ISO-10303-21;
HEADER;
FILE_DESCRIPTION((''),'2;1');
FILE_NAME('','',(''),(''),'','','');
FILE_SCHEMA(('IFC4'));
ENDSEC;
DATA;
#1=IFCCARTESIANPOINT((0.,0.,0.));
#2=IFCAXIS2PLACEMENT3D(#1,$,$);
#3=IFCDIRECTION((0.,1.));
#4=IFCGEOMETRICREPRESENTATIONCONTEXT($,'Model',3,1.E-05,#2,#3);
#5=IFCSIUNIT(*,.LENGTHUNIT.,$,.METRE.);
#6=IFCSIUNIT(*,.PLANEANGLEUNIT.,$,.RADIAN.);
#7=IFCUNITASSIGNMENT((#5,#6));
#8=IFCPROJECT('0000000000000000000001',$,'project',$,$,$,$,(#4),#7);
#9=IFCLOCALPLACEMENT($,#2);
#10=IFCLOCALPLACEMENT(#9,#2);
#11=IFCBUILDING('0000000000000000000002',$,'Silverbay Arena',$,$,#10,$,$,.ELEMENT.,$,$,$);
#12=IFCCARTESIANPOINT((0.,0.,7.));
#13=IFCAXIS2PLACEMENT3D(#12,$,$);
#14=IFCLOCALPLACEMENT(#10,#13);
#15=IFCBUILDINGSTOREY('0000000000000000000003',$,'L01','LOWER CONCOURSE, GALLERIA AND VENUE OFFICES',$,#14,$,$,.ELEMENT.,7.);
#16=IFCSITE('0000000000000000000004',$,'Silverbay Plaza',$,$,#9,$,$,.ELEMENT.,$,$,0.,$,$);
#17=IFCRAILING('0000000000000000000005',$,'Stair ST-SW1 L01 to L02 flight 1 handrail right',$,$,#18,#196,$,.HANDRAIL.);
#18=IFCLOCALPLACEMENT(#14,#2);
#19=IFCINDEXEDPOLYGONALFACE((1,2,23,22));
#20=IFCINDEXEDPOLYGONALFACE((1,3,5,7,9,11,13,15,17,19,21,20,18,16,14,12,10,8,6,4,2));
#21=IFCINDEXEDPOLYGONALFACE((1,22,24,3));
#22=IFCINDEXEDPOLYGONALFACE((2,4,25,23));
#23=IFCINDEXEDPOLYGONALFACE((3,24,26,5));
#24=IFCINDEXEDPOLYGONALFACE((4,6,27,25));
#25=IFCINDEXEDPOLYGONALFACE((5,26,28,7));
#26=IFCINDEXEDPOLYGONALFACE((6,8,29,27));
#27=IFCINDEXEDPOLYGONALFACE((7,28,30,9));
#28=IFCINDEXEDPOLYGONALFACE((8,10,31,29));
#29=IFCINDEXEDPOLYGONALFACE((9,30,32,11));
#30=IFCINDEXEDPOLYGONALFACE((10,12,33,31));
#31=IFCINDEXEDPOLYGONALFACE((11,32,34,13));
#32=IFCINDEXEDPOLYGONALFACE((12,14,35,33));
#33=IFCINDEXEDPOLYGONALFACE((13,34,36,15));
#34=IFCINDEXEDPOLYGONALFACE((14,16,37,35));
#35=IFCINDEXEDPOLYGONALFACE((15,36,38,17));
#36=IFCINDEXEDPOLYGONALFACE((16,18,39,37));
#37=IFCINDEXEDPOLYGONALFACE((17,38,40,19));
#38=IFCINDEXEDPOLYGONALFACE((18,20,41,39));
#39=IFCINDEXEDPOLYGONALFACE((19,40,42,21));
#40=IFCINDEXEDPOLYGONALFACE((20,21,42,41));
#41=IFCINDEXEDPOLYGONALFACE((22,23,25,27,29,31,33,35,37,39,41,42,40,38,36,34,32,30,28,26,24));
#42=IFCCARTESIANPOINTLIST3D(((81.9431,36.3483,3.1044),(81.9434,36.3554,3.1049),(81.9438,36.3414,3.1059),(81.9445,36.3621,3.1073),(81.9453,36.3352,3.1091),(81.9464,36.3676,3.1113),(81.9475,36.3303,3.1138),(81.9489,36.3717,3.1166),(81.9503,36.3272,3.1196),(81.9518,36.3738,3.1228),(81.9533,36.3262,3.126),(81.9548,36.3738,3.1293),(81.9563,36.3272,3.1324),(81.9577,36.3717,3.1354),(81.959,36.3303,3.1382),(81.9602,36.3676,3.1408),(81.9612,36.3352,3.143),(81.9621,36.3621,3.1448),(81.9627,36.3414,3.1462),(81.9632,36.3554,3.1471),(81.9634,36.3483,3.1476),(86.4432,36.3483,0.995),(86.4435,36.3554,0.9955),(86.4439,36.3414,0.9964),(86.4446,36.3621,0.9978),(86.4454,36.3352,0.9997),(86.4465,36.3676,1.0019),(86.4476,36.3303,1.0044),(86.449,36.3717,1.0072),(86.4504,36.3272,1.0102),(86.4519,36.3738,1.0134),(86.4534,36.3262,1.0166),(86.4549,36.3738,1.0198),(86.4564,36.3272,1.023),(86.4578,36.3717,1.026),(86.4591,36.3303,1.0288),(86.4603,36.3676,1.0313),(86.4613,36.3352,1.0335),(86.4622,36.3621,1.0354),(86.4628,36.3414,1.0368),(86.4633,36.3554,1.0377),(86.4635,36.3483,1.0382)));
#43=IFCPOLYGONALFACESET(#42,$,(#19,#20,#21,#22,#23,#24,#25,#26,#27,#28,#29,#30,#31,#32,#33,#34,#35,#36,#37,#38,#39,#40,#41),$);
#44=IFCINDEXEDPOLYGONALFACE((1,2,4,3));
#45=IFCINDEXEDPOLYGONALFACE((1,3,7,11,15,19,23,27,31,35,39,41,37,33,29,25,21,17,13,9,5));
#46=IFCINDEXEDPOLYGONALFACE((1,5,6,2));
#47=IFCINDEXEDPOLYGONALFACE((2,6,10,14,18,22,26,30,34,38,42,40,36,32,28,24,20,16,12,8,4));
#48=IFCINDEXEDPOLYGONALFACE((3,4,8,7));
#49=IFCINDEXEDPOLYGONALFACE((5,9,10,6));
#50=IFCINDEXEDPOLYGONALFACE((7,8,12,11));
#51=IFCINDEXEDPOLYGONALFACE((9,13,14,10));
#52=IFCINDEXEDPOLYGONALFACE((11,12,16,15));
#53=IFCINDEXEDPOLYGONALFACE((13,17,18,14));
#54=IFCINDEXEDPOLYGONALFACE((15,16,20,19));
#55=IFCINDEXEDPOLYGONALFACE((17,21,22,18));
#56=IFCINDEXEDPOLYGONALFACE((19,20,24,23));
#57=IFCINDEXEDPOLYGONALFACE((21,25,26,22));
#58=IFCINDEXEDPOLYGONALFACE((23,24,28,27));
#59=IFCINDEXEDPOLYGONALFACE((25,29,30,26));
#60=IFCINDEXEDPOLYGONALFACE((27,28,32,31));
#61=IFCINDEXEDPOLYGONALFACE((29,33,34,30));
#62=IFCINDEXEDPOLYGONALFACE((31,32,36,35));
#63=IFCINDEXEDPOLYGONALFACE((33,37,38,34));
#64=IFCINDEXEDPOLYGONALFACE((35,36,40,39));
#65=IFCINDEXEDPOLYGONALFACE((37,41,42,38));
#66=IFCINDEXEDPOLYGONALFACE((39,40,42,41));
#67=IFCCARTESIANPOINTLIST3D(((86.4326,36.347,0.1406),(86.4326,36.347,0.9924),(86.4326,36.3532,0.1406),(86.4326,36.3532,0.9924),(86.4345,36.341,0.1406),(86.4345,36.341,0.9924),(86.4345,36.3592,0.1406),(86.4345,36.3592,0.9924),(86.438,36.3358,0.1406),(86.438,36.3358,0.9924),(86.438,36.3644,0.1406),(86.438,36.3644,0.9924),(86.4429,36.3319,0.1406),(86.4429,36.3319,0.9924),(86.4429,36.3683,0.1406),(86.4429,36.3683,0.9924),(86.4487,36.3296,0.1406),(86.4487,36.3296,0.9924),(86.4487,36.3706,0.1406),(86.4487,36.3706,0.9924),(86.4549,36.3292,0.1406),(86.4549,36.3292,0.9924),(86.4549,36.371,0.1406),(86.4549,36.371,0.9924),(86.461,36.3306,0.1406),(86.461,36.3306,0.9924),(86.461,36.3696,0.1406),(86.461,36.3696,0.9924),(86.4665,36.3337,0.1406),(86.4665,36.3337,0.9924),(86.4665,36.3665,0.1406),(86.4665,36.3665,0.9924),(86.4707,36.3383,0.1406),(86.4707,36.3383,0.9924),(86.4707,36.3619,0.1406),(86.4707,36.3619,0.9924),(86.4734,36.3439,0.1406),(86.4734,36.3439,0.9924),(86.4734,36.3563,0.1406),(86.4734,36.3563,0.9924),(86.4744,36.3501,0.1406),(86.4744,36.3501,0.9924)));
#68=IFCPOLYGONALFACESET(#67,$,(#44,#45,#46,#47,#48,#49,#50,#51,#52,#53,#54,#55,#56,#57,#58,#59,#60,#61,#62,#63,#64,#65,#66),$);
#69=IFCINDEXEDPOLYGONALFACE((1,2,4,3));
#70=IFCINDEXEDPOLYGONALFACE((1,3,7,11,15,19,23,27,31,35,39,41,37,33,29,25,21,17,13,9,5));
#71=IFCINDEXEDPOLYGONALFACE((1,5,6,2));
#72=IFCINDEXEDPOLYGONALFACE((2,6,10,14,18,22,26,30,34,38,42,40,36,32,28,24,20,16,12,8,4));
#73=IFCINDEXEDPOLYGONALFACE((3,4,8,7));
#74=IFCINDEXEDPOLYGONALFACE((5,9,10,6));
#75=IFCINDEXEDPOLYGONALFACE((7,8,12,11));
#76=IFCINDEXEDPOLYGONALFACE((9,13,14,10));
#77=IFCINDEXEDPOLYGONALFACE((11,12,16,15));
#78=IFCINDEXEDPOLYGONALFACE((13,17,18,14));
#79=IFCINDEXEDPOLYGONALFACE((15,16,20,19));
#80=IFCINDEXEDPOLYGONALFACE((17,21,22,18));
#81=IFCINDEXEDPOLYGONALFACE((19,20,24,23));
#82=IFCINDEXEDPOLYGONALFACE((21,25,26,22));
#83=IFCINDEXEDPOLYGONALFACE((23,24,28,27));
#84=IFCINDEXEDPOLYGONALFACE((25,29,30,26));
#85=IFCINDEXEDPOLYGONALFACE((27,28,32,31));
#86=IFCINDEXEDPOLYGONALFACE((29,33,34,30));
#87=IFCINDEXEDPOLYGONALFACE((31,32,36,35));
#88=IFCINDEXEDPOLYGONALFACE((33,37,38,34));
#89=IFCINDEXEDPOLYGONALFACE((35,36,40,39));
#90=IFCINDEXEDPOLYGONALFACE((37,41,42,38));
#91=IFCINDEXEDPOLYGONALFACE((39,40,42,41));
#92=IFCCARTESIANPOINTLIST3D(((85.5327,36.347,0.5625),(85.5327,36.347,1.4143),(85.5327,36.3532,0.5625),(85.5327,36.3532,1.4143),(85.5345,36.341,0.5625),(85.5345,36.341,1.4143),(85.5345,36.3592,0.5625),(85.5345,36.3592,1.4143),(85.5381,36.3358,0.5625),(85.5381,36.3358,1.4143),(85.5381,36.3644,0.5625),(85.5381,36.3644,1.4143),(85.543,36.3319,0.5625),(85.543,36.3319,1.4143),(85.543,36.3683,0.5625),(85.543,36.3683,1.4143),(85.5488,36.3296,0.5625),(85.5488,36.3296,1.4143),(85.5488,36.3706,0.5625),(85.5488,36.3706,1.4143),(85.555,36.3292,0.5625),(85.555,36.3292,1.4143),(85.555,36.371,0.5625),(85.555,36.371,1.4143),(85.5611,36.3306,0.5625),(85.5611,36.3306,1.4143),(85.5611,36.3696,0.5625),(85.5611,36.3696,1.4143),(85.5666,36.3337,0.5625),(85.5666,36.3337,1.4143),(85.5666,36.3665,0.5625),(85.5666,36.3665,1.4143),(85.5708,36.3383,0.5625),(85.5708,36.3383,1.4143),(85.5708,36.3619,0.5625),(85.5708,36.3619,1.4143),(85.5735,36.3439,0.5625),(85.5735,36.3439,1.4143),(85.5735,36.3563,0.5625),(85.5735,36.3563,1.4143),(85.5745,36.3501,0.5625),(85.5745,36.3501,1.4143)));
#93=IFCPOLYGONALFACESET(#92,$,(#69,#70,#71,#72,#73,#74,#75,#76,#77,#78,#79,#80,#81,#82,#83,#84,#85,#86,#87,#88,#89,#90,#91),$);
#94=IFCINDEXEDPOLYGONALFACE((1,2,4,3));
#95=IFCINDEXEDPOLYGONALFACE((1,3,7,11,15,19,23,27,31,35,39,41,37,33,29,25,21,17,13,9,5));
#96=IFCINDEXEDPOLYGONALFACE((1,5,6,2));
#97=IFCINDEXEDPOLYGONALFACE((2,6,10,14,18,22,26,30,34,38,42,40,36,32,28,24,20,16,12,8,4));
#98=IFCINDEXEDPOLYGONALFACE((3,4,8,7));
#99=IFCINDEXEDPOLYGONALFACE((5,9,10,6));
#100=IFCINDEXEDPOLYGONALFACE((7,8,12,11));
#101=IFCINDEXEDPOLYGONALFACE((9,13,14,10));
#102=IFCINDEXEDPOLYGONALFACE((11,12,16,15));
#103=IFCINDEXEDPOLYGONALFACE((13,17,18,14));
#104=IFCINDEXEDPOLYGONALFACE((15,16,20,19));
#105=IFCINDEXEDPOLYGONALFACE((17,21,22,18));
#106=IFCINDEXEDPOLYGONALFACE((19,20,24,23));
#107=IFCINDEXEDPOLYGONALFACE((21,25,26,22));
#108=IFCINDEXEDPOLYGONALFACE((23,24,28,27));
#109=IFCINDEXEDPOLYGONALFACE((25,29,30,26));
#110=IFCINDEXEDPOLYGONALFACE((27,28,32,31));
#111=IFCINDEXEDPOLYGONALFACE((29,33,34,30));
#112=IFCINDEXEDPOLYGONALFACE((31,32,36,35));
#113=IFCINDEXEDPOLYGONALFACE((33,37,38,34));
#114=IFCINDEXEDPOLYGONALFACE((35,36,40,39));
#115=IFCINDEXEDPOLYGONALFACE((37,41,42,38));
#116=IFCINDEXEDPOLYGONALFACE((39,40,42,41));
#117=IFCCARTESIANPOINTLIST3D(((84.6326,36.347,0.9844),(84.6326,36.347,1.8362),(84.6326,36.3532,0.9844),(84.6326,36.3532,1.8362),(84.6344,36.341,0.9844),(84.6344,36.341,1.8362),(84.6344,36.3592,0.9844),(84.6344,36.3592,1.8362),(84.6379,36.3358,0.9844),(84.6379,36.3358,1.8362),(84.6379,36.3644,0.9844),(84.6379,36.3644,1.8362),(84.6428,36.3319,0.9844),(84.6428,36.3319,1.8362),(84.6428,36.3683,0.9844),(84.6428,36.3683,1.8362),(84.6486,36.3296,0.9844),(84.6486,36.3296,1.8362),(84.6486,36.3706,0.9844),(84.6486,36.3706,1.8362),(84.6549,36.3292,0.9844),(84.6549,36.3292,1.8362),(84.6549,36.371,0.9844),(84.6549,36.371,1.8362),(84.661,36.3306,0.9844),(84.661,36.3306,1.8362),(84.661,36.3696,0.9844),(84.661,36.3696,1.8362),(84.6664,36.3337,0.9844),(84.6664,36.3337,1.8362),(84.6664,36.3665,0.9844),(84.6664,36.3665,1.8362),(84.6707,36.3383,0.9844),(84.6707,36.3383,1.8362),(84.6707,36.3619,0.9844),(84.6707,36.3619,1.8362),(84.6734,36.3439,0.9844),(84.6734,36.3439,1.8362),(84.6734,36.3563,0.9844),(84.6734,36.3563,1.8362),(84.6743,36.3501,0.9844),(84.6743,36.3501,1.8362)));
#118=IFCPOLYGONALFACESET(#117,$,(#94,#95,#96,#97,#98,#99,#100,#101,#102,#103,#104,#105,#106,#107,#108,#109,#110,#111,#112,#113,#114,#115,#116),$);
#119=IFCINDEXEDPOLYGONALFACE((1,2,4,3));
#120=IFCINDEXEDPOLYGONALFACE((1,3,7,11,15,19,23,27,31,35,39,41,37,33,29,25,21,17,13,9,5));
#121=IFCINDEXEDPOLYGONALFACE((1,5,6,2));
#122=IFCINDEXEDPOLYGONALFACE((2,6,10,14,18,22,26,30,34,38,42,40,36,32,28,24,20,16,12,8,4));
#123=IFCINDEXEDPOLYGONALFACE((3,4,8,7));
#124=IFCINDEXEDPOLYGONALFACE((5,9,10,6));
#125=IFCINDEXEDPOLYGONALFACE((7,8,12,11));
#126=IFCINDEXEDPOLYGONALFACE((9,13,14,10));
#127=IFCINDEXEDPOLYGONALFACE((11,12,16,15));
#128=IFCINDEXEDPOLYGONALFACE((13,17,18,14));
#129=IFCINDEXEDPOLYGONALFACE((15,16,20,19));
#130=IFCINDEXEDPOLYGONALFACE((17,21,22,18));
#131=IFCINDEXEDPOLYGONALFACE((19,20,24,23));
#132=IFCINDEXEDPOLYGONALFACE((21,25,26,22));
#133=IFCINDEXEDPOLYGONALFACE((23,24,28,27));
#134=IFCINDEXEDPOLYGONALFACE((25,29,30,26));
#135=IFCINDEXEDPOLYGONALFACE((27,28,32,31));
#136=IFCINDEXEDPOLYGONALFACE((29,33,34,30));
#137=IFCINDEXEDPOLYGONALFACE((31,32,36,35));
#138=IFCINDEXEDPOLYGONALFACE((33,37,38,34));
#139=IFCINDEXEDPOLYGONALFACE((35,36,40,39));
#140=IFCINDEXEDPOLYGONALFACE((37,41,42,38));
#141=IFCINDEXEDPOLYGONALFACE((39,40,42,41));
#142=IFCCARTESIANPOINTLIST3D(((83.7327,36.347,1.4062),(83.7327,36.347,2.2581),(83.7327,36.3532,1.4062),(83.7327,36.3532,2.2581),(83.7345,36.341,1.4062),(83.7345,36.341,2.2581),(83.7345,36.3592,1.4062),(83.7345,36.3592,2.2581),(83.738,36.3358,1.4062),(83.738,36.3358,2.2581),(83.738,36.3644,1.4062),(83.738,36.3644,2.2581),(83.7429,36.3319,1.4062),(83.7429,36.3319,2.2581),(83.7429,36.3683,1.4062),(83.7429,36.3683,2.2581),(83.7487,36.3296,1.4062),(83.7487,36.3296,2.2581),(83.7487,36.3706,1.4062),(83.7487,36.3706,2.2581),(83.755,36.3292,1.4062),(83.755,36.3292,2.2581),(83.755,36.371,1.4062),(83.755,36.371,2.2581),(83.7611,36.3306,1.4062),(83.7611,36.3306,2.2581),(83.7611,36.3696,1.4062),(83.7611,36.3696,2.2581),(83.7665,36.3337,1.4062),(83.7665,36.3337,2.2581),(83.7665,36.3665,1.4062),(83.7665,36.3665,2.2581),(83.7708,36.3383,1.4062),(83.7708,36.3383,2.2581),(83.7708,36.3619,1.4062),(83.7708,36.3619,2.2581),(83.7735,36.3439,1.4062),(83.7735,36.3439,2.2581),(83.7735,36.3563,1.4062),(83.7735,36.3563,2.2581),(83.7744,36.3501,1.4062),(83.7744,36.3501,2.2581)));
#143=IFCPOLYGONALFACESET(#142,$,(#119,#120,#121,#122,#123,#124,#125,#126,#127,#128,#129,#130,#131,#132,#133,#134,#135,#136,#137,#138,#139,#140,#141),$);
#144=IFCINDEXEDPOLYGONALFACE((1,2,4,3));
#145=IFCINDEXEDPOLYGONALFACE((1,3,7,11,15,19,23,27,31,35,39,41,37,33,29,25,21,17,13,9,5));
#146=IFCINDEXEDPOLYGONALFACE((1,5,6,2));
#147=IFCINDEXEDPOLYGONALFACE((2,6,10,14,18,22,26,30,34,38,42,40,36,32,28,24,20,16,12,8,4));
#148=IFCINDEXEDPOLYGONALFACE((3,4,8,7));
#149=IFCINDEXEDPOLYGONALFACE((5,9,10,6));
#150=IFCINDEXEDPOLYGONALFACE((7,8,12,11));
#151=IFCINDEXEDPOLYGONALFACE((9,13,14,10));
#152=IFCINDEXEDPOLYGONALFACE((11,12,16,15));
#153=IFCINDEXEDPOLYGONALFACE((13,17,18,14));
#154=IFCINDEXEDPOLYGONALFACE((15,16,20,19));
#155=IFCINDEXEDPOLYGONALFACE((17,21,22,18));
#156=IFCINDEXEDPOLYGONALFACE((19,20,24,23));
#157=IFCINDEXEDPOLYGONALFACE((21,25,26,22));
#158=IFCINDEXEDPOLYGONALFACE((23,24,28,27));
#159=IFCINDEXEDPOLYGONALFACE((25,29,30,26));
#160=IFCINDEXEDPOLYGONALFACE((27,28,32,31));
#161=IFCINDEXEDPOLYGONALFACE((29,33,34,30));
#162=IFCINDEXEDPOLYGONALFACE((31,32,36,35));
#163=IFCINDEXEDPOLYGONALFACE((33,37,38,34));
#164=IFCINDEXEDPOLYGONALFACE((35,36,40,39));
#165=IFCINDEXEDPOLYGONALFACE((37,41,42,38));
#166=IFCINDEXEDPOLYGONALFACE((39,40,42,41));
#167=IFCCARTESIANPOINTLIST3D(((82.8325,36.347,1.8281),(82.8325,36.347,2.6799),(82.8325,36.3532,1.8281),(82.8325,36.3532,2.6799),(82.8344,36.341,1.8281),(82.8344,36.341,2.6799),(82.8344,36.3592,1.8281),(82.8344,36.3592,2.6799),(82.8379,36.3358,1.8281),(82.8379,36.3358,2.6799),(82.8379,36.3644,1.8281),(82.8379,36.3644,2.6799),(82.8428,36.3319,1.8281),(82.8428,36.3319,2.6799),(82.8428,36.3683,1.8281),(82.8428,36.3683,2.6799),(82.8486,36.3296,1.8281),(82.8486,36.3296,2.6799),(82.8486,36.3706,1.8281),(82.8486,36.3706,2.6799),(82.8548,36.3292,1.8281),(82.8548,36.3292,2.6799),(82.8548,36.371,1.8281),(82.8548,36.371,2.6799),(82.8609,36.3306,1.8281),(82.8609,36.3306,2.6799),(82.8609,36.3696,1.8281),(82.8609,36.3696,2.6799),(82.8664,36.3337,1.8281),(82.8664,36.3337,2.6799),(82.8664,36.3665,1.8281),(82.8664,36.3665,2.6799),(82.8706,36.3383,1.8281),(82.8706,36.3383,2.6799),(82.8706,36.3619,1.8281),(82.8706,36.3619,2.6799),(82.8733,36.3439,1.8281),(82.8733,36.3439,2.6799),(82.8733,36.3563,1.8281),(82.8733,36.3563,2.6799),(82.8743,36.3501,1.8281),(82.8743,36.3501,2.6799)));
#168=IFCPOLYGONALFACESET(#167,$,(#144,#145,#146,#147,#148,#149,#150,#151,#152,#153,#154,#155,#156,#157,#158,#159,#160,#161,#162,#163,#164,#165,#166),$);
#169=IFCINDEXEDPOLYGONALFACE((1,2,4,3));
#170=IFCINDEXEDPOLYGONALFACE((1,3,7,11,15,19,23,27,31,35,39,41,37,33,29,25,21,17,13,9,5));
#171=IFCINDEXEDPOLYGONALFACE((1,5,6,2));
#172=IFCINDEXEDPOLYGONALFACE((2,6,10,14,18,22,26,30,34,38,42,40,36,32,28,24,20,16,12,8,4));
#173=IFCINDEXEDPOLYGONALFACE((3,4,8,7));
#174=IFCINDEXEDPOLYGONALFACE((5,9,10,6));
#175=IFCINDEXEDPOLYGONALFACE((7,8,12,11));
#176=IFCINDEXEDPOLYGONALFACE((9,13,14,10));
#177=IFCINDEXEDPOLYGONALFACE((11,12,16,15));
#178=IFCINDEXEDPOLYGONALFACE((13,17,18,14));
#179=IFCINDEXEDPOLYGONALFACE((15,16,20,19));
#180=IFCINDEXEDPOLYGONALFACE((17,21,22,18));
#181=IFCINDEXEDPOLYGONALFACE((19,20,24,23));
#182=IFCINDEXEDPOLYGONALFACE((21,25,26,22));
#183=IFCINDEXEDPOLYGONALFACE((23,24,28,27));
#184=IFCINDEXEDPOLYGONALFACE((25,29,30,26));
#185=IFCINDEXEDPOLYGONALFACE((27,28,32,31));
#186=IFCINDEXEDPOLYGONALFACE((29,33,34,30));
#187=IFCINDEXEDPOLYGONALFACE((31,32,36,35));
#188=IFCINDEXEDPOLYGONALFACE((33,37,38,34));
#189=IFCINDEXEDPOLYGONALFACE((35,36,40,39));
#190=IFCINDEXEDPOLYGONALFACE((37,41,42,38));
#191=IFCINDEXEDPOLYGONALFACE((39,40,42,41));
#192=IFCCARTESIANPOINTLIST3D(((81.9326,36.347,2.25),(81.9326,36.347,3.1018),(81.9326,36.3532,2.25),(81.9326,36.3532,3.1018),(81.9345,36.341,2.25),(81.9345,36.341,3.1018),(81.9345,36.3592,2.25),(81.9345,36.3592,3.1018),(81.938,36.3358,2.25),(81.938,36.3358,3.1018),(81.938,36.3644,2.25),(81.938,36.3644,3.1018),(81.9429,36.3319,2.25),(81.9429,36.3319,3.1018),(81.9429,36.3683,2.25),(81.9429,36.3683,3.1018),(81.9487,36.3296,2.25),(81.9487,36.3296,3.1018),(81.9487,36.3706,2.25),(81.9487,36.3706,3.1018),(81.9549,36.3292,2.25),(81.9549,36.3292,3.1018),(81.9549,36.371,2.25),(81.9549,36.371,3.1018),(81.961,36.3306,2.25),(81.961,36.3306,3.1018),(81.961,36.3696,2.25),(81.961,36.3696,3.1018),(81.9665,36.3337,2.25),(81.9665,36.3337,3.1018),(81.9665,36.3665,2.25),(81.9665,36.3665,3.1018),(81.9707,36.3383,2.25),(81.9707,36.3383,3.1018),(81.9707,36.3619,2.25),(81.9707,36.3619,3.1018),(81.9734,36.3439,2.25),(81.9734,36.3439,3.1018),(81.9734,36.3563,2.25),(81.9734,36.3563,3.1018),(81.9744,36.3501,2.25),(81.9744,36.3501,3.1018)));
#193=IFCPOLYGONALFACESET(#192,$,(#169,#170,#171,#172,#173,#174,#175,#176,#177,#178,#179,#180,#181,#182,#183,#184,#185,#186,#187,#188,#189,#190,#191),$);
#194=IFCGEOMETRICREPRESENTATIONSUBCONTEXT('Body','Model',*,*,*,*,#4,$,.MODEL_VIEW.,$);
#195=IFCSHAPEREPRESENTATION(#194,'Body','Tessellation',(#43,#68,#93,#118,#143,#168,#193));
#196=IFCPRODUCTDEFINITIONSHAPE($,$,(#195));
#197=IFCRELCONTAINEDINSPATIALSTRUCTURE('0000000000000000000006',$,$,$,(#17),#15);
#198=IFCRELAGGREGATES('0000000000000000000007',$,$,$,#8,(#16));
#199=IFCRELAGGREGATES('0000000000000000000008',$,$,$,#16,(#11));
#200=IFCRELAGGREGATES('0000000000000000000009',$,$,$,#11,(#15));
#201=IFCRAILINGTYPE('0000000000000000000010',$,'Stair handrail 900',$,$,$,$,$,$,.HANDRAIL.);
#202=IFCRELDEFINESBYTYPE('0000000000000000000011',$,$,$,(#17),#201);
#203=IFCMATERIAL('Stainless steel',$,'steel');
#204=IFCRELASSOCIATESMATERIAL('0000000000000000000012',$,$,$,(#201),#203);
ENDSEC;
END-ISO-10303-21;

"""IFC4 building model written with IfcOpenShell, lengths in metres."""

from ifc_helpers import new_model, si_unit, direction, frame, origin, origin_2d, place, context, subcontext, project, spatial, circle, extrude, material, type_object, element, save


model = new_model("IFC4")

# Units and contexts
model_context = context("Model", 3, precision=1e-05, world=origin(), true_north=direction((0.0, 1.0)))
body_context = subcontext(model_context, "Body", "Model", "MODEL_VIEW")
ifc_project = project(units=[si_unit("LENGTHUNIT", "METRE"), si_unit("PLANEANGLEUNIT", "RADIAN")], contexts=[model_context])

# Site, building, storey
site_placement = place(None, origin())
site = spatial("IfcSite", under=ifc_project, at=site_placement, Name="Silverbay Plaza", CompositionType="ELEMENT", RefElevation=0.0)
building_placement = place(site_placement, origin())
building = spatial("IfcBuilding", under=site, at=building_placement, Name="Silverbay Arena", CompositionType="ELEMENT")
storey_placement = place(building_placement, frame((0.0, 0.0, 7.0)))
storey = spatial("IfcBuildingStorey", under=building, at=storey_placement, Name="L01", Description="LOWER CONCOURSE, GALLERIA AND VENUE OFFICES", CompositionType="ELEMENT", Elevation=7.0)

# Railing
ifc_material_1 = material(Name="Stainless steel", Category="steel")
railing_type_1 = type_object("IfcRailingType", Name="Stair handrail 900", PredefinedType="HANDRAIL", material=ifc_material_1)
railing_1_placement = place(storey_placement, frame((86.4534, 36.3501, 0.1406)))
element("IfcRailing", 1, at=railing_1_placement, inside=storey, type_object=railing_type_1, Name="Stair ST-SW1 L01 to L02 flight 1 handrail right", PredefinedType="HANDRAIL", context=body_context, shape_type="SweptSolid", body=[
    extrude(circle(Radius=0.0239, at=origin_2d()), frame((0.0, 0.0, 0.876), z_axis=(-0.905459, 0.0, 0.424434), x_axis=(0.0, -1.0, 0.0)), (0.0, 0.0, 1.0), 4.97),
    extrude(circle(Radius=0.021, at=origin_2d()), origin(), (0.0, 0.0, 1.0), 0.8518),
    extrude(circle(Radius=0.021, at=origin_2d()), frame((-0.8999, 0.0, 0.4219)), (0.0, 0.0, 1.0), 0.8518),
    extrude(circle(Radius=0.021, at=origin_2d()), frame((-1.8, 0.0, 0.8438)), (0.0, 0.0, 1.0), 0.8518),
    extrude(circle(Radius=0.021, at=origin_2d()), frame((-2.7, 0.0, 1.2656)), (0.0, 0.0, 1.0), 0.8518),
    extrude(circle(Radius=0.021, at=origin_2d()), frame((-3.6001, 0.0, 1.6875)), (0.0, 0.0, 1.0), 0.8518),
    extrude(circle(Radius=0.021, at=origin_2d()), frame((-4.5, 0.0, 2.1094)), (0.0, 0.0, 1.0), 0.8518),
])

save(model, "model.ifc")
